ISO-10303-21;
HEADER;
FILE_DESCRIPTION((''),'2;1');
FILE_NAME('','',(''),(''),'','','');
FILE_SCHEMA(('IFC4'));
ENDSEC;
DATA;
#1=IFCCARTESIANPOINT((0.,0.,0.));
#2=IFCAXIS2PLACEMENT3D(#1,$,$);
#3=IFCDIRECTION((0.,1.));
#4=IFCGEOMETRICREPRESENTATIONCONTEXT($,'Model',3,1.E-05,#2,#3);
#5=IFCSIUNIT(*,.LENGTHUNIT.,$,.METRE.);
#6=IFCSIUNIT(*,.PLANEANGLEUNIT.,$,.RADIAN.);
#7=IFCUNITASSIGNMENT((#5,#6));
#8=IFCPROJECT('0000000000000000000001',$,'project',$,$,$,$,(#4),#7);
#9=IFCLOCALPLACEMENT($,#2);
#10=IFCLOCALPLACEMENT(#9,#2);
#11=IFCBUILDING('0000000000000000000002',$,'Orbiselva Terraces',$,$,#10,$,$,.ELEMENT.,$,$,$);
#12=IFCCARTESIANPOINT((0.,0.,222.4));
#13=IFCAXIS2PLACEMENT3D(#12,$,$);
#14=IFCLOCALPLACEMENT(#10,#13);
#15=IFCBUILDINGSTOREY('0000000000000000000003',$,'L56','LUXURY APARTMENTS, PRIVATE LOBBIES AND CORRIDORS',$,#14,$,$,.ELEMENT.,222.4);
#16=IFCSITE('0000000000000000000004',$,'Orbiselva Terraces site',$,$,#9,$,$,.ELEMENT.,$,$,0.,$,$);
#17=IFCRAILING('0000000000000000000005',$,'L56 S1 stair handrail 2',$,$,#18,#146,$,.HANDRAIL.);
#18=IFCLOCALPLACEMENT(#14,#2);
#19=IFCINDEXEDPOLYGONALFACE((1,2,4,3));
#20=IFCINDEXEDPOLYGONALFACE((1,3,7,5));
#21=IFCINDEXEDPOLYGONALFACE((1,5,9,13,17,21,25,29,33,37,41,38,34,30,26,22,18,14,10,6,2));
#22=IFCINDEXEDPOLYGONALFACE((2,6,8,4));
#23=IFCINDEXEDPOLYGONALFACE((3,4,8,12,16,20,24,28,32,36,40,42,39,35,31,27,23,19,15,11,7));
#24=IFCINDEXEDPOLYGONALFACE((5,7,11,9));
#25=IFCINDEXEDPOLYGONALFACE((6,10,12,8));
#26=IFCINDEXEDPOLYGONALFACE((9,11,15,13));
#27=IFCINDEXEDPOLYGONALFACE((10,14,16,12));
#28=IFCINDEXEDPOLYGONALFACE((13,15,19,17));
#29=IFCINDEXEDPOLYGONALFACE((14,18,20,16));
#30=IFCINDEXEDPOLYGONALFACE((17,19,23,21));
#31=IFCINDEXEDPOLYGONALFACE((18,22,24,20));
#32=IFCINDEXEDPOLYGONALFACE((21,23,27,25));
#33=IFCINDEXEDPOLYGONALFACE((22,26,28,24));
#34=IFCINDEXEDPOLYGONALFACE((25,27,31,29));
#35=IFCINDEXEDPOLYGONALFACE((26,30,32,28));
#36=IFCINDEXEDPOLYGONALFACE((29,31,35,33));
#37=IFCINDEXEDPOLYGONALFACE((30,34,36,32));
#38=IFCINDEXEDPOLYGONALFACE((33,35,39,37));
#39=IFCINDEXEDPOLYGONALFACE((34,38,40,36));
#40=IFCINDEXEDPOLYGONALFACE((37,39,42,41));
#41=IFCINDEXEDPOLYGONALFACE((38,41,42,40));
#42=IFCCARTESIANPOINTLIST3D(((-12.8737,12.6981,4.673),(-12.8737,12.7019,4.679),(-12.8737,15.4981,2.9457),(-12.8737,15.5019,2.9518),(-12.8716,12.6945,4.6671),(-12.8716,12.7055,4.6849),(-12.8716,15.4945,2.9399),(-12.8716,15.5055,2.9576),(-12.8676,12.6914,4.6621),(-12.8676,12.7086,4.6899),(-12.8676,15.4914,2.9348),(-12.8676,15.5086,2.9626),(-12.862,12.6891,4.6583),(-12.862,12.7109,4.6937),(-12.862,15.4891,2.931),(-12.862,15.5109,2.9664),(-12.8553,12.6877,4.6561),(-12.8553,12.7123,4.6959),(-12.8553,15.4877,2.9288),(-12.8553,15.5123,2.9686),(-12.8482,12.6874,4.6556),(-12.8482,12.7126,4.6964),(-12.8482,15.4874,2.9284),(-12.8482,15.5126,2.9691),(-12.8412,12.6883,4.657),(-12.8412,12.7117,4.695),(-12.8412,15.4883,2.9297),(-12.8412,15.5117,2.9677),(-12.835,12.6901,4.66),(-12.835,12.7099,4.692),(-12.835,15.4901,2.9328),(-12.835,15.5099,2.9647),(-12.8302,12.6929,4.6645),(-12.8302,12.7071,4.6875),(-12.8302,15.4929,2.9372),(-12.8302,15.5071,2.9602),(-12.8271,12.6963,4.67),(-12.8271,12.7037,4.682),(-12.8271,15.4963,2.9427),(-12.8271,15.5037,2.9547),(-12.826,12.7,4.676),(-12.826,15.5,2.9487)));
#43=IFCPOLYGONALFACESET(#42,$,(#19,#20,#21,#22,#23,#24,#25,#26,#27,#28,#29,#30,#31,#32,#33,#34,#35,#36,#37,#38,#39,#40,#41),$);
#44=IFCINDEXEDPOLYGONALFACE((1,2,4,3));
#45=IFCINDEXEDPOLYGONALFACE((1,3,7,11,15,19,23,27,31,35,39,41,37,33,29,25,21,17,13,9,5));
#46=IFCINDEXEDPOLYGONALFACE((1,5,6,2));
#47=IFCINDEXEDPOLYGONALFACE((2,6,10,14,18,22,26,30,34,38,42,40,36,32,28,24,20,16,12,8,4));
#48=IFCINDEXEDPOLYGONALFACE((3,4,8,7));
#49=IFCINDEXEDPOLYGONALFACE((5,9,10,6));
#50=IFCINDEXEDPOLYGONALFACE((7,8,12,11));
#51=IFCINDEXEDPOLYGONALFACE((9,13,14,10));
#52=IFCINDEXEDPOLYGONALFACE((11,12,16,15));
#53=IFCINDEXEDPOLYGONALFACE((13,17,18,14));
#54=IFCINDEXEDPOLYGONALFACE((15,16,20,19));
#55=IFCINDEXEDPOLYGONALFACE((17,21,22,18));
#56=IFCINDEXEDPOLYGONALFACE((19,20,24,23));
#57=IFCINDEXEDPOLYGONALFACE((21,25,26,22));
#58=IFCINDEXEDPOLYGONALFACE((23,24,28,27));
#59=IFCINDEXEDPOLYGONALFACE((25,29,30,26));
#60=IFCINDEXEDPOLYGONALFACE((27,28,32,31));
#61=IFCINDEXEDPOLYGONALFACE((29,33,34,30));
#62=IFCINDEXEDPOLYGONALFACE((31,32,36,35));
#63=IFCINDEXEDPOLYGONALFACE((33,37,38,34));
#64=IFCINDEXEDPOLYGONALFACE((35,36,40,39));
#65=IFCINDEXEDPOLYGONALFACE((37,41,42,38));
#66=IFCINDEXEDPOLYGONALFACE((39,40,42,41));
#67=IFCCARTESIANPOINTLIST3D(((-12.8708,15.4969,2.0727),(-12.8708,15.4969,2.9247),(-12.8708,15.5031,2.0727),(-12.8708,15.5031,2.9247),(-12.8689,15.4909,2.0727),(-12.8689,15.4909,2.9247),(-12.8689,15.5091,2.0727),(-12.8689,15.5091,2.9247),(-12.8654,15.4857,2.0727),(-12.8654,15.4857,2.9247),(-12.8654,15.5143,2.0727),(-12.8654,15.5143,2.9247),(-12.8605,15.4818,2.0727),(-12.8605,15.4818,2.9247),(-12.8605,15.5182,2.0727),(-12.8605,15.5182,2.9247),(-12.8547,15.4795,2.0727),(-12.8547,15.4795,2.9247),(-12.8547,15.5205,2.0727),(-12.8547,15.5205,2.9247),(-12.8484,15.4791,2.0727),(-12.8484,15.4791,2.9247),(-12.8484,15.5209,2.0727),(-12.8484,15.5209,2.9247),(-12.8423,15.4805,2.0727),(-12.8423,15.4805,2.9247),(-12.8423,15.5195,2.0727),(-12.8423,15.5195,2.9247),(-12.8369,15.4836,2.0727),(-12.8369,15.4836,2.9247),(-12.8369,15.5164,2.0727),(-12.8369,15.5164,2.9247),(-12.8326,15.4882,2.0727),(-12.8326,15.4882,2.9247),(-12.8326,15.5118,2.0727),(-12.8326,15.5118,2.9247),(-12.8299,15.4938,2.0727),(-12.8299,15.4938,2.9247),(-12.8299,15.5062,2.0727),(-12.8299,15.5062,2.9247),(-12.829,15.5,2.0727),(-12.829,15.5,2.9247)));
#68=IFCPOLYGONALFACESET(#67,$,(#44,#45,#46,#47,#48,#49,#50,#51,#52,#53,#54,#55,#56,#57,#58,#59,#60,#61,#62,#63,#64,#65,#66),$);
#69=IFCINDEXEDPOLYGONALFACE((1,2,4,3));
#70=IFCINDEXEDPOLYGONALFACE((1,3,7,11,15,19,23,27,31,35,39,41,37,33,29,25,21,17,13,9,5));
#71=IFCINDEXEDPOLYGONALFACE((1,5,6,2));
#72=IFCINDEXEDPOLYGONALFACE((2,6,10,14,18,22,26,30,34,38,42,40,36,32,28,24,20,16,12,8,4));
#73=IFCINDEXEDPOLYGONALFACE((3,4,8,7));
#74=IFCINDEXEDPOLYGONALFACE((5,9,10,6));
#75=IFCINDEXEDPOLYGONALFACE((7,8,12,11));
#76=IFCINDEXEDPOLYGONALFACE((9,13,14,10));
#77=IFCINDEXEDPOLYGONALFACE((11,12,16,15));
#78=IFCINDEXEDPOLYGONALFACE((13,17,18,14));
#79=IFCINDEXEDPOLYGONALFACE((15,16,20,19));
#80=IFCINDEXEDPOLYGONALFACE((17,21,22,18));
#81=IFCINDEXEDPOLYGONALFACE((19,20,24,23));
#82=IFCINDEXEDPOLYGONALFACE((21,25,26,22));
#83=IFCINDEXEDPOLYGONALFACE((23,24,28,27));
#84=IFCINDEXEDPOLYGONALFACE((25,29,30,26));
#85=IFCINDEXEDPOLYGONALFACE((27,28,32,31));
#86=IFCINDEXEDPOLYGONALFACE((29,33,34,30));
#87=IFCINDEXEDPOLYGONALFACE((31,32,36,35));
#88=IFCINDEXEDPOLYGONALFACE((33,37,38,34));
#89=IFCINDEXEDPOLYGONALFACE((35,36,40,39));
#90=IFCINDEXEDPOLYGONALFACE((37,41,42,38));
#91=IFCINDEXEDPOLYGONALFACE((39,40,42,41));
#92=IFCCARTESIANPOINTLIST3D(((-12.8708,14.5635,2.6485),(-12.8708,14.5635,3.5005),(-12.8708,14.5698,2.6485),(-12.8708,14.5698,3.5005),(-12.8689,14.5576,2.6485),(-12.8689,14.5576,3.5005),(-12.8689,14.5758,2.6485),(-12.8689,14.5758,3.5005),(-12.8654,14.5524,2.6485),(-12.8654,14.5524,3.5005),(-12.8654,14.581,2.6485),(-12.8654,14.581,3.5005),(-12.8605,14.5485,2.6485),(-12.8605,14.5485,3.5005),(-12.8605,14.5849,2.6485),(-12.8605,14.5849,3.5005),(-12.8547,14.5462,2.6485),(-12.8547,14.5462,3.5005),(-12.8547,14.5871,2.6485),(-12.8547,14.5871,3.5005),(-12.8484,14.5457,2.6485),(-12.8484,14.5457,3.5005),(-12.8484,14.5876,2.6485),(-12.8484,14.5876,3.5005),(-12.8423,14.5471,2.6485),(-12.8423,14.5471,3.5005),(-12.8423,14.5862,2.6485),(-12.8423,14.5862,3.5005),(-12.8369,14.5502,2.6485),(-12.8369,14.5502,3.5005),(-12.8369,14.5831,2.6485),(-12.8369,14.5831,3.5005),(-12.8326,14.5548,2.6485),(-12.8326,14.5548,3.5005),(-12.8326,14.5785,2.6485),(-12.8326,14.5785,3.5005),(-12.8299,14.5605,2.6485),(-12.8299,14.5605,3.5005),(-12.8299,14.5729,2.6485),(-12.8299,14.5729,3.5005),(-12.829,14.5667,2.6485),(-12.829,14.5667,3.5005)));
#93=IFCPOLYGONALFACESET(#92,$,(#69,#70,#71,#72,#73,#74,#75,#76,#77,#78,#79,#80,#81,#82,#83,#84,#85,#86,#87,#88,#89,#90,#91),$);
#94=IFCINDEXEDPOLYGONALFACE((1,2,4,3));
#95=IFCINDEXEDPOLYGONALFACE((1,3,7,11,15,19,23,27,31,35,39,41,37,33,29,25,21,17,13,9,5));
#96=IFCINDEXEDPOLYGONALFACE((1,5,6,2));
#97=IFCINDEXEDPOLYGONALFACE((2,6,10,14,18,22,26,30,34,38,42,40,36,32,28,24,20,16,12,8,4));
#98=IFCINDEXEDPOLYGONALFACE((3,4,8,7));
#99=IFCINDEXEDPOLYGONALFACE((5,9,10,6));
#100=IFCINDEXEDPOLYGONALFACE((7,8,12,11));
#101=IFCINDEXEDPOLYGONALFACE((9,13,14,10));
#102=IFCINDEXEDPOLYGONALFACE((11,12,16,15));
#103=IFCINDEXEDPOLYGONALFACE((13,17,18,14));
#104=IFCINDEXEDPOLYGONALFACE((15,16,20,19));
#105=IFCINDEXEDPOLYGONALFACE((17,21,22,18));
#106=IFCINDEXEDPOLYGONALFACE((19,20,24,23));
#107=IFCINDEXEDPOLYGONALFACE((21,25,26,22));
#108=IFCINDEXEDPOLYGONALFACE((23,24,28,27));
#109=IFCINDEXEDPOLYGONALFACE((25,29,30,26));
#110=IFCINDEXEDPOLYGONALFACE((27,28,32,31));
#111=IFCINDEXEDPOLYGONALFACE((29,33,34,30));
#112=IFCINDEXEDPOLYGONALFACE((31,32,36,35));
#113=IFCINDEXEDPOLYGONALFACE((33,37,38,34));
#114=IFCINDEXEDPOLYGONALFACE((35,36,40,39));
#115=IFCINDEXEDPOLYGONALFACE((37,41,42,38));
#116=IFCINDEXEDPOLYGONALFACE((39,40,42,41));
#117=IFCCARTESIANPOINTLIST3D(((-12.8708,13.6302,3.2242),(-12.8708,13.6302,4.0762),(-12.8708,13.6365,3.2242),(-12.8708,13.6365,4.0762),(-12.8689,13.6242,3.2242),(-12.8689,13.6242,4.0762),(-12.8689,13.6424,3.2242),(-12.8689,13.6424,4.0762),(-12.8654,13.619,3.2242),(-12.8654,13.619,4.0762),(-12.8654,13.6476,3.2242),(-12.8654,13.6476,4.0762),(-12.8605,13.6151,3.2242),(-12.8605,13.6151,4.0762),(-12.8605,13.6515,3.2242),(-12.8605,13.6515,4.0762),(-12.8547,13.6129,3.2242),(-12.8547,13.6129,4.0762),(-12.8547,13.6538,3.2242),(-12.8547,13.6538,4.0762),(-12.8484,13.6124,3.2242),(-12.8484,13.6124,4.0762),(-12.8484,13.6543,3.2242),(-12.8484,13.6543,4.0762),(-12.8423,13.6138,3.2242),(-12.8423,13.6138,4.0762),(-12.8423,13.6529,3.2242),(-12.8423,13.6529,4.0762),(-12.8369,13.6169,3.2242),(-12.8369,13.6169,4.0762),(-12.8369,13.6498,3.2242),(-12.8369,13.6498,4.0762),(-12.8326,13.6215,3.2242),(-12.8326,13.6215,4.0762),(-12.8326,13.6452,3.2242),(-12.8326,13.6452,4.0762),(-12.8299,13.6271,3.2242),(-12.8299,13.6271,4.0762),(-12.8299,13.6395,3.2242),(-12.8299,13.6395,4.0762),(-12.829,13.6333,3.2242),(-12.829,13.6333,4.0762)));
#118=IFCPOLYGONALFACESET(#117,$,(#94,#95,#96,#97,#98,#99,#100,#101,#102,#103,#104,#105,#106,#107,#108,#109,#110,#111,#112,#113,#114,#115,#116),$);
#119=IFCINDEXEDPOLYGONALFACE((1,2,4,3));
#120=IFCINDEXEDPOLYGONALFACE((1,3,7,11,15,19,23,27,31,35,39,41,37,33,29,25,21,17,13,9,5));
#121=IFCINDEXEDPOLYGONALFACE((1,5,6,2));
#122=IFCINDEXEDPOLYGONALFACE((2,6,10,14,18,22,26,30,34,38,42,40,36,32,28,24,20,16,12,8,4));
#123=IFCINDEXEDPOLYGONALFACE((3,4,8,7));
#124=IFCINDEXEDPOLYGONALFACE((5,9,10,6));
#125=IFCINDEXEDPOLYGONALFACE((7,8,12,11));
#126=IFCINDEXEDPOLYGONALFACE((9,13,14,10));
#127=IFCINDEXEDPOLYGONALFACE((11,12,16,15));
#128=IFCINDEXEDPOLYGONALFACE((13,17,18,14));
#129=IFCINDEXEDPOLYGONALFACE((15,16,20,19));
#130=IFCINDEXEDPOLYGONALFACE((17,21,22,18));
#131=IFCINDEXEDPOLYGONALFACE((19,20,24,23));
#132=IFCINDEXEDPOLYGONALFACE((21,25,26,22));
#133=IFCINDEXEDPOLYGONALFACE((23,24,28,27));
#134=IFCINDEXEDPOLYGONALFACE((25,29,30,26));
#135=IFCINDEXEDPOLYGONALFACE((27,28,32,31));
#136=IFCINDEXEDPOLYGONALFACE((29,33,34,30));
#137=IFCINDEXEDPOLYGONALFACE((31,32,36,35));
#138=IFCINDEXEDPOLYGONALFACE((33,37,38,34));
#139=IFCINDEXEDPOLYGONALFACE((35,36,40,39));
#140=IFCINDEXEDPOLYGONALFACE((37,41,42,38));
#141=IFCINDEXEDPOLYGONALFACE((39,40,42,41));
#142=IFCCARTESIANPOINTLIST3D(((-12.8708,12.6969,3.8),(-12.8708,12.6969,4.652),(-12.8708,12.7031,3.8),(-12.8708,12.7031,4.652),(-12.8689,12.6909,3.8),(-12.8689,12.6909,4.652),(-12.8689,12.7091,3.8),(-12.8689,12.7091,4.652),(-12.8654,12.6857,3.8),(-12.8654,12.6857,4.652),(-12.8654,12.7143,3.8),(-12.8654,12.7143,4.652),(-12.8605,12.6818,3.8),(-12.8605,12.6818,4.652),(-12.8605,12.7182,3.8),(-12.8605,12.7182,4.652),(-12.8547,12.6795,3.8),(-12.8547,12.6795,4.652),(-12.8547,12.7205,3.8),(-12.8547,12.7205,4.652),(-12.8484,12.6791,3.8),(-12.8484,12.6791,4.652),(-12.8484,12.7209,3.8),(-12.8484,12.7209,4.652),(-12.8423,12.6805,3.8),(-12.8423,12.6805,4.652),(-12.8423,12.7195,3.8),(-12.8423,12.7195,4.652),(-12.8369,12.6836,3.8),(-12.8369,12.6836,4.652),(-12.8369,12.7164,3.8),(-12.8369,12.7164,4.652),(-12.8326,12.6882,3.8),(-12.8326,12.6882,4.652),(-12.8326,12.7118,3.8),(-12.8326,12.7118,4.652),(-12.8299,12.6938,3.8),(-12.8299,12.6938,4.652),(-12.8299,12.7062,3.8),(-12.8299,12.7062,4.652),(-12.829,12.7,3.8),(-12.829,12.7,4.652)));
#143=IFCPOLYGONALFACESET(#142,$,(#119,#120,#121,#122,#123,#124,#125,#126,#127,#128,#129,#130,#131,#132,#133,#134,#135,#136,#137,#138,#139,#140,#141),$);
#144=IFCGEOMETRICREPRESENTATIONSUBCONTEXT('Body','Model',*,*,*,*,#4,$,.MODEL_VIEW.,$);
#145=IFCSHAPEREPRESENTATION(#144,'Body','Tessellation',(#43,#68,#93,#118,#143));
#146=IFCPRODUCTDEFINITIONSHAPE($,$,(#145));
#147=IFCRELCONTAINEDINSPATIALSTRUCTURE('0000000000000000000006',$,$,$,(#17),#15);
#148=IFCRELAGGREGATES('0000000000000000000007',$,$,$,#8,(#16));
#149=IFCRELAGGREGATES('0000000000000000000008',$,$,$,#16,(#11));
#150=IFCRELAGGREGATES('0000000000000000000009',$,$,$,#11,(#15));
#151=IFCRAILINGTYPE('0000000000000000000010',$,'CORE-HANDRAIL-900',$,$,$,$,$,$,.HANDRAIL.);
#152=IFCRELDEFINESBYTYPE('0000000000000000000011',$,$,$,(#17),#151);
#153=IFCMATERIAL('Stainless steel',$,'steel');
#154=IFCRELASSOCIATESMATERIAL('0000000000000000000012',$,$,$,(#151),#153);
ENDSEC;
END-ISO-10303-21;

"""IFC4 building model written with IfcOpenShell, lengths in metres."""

from ifc_helpers import new_model, si_unit, direction, frame, origin, origin_2d, place, context, subcontext, project, spatial, circle, extrude, material, type_object, element, save


model = new_model("IFC4")

# Units and contexts
model_context = context("Model", 3, precision=1e-05, world=origin(), true_north=direction((0.0, 1.0)))
body_context = subcontext(model_context, "Body", "Model", "MODEL_VIEW")
ifc_project = project(units=[si_unit("LENGTHUNIT", "METRE"), si_unit("PLANEANGLEUNIT", "RADIAN")], contexts=[model_context])

# Site, building, storey
site_placement = place(None, origin())
site = spatial("IfcSite", under=ifc_project, at=site_placement, Name="Orbiselva Terraces site", CompositionType="ELEMENT", RefElevation=0.0)
building_placement = place(site_placement, origin())
building = spatial("IfcBuilding", under=site, at=building_placement, Name="Orbiselva Terraces", CompositionType="ELEMENT")
storey_placement = place(building_placement, frame((0.0, 0.0, 222.4)))
storey = spatial("IfcBuildingStorey", under=building, at=storey_placement, Name="L56", Description="LUXURY APARTMENTS, PRIVATE LOBBIES AND CORRIDORS", CompositionType="ELEMENT", Elevation=222.4)

# Railing
ifc_material_1 = material(Name="Stainless steel", Category="steel")
railing_type_1 = type_object("IfcRailingType", Name="CORE-HANDRAIL-900", PredefinedType="HANDRAIL", material=ifc_material_1)
railing_1_placement = place(storey_placement, frame((-12.85, 15.5, 2.0727)))
element("IfcRailing", 1, at=railing_1_placement, inside=storey, type_object=railing_type_1, Name="L56 S1 stair handrail 2", PredefinedType="HANDRAIL", context=body_context, shape_type="SweptSolid", body=[
    extrude(circle(Radius=0.024, at=origin_2d()), frame((0.0, 0.0, 0.876), z_axis=(0.0, -0.851089, 0.525022), x_axis=(1.0, 0.0, 0.0)), (0.0, 0.0, 1.0), 3.2899),
    extrude(circle(Radius=0.021, at=origin_2d()), origin(), (0.0, 0.0, 1.0), 0.852),
    extrude(circle(Radius=0.021, at=origin_2d()), frame((0.0, -0.9333, 0.5758)), (0.0, 0.0, 1.0), 0.852),
    extrude(circle(Radius=0.021, at=origin_2d()), frame((0.0, -1.8667, 1.1515)), (0.0, 0.0, 1.0), 0.852),
    extrude(circle(Radius=0.021, at=origin_2d()), frame((0.0, -2.8, 1.7273)), (0.0, 0.0, 1.0), 0.852),
])

save(model, "model.ifc")
